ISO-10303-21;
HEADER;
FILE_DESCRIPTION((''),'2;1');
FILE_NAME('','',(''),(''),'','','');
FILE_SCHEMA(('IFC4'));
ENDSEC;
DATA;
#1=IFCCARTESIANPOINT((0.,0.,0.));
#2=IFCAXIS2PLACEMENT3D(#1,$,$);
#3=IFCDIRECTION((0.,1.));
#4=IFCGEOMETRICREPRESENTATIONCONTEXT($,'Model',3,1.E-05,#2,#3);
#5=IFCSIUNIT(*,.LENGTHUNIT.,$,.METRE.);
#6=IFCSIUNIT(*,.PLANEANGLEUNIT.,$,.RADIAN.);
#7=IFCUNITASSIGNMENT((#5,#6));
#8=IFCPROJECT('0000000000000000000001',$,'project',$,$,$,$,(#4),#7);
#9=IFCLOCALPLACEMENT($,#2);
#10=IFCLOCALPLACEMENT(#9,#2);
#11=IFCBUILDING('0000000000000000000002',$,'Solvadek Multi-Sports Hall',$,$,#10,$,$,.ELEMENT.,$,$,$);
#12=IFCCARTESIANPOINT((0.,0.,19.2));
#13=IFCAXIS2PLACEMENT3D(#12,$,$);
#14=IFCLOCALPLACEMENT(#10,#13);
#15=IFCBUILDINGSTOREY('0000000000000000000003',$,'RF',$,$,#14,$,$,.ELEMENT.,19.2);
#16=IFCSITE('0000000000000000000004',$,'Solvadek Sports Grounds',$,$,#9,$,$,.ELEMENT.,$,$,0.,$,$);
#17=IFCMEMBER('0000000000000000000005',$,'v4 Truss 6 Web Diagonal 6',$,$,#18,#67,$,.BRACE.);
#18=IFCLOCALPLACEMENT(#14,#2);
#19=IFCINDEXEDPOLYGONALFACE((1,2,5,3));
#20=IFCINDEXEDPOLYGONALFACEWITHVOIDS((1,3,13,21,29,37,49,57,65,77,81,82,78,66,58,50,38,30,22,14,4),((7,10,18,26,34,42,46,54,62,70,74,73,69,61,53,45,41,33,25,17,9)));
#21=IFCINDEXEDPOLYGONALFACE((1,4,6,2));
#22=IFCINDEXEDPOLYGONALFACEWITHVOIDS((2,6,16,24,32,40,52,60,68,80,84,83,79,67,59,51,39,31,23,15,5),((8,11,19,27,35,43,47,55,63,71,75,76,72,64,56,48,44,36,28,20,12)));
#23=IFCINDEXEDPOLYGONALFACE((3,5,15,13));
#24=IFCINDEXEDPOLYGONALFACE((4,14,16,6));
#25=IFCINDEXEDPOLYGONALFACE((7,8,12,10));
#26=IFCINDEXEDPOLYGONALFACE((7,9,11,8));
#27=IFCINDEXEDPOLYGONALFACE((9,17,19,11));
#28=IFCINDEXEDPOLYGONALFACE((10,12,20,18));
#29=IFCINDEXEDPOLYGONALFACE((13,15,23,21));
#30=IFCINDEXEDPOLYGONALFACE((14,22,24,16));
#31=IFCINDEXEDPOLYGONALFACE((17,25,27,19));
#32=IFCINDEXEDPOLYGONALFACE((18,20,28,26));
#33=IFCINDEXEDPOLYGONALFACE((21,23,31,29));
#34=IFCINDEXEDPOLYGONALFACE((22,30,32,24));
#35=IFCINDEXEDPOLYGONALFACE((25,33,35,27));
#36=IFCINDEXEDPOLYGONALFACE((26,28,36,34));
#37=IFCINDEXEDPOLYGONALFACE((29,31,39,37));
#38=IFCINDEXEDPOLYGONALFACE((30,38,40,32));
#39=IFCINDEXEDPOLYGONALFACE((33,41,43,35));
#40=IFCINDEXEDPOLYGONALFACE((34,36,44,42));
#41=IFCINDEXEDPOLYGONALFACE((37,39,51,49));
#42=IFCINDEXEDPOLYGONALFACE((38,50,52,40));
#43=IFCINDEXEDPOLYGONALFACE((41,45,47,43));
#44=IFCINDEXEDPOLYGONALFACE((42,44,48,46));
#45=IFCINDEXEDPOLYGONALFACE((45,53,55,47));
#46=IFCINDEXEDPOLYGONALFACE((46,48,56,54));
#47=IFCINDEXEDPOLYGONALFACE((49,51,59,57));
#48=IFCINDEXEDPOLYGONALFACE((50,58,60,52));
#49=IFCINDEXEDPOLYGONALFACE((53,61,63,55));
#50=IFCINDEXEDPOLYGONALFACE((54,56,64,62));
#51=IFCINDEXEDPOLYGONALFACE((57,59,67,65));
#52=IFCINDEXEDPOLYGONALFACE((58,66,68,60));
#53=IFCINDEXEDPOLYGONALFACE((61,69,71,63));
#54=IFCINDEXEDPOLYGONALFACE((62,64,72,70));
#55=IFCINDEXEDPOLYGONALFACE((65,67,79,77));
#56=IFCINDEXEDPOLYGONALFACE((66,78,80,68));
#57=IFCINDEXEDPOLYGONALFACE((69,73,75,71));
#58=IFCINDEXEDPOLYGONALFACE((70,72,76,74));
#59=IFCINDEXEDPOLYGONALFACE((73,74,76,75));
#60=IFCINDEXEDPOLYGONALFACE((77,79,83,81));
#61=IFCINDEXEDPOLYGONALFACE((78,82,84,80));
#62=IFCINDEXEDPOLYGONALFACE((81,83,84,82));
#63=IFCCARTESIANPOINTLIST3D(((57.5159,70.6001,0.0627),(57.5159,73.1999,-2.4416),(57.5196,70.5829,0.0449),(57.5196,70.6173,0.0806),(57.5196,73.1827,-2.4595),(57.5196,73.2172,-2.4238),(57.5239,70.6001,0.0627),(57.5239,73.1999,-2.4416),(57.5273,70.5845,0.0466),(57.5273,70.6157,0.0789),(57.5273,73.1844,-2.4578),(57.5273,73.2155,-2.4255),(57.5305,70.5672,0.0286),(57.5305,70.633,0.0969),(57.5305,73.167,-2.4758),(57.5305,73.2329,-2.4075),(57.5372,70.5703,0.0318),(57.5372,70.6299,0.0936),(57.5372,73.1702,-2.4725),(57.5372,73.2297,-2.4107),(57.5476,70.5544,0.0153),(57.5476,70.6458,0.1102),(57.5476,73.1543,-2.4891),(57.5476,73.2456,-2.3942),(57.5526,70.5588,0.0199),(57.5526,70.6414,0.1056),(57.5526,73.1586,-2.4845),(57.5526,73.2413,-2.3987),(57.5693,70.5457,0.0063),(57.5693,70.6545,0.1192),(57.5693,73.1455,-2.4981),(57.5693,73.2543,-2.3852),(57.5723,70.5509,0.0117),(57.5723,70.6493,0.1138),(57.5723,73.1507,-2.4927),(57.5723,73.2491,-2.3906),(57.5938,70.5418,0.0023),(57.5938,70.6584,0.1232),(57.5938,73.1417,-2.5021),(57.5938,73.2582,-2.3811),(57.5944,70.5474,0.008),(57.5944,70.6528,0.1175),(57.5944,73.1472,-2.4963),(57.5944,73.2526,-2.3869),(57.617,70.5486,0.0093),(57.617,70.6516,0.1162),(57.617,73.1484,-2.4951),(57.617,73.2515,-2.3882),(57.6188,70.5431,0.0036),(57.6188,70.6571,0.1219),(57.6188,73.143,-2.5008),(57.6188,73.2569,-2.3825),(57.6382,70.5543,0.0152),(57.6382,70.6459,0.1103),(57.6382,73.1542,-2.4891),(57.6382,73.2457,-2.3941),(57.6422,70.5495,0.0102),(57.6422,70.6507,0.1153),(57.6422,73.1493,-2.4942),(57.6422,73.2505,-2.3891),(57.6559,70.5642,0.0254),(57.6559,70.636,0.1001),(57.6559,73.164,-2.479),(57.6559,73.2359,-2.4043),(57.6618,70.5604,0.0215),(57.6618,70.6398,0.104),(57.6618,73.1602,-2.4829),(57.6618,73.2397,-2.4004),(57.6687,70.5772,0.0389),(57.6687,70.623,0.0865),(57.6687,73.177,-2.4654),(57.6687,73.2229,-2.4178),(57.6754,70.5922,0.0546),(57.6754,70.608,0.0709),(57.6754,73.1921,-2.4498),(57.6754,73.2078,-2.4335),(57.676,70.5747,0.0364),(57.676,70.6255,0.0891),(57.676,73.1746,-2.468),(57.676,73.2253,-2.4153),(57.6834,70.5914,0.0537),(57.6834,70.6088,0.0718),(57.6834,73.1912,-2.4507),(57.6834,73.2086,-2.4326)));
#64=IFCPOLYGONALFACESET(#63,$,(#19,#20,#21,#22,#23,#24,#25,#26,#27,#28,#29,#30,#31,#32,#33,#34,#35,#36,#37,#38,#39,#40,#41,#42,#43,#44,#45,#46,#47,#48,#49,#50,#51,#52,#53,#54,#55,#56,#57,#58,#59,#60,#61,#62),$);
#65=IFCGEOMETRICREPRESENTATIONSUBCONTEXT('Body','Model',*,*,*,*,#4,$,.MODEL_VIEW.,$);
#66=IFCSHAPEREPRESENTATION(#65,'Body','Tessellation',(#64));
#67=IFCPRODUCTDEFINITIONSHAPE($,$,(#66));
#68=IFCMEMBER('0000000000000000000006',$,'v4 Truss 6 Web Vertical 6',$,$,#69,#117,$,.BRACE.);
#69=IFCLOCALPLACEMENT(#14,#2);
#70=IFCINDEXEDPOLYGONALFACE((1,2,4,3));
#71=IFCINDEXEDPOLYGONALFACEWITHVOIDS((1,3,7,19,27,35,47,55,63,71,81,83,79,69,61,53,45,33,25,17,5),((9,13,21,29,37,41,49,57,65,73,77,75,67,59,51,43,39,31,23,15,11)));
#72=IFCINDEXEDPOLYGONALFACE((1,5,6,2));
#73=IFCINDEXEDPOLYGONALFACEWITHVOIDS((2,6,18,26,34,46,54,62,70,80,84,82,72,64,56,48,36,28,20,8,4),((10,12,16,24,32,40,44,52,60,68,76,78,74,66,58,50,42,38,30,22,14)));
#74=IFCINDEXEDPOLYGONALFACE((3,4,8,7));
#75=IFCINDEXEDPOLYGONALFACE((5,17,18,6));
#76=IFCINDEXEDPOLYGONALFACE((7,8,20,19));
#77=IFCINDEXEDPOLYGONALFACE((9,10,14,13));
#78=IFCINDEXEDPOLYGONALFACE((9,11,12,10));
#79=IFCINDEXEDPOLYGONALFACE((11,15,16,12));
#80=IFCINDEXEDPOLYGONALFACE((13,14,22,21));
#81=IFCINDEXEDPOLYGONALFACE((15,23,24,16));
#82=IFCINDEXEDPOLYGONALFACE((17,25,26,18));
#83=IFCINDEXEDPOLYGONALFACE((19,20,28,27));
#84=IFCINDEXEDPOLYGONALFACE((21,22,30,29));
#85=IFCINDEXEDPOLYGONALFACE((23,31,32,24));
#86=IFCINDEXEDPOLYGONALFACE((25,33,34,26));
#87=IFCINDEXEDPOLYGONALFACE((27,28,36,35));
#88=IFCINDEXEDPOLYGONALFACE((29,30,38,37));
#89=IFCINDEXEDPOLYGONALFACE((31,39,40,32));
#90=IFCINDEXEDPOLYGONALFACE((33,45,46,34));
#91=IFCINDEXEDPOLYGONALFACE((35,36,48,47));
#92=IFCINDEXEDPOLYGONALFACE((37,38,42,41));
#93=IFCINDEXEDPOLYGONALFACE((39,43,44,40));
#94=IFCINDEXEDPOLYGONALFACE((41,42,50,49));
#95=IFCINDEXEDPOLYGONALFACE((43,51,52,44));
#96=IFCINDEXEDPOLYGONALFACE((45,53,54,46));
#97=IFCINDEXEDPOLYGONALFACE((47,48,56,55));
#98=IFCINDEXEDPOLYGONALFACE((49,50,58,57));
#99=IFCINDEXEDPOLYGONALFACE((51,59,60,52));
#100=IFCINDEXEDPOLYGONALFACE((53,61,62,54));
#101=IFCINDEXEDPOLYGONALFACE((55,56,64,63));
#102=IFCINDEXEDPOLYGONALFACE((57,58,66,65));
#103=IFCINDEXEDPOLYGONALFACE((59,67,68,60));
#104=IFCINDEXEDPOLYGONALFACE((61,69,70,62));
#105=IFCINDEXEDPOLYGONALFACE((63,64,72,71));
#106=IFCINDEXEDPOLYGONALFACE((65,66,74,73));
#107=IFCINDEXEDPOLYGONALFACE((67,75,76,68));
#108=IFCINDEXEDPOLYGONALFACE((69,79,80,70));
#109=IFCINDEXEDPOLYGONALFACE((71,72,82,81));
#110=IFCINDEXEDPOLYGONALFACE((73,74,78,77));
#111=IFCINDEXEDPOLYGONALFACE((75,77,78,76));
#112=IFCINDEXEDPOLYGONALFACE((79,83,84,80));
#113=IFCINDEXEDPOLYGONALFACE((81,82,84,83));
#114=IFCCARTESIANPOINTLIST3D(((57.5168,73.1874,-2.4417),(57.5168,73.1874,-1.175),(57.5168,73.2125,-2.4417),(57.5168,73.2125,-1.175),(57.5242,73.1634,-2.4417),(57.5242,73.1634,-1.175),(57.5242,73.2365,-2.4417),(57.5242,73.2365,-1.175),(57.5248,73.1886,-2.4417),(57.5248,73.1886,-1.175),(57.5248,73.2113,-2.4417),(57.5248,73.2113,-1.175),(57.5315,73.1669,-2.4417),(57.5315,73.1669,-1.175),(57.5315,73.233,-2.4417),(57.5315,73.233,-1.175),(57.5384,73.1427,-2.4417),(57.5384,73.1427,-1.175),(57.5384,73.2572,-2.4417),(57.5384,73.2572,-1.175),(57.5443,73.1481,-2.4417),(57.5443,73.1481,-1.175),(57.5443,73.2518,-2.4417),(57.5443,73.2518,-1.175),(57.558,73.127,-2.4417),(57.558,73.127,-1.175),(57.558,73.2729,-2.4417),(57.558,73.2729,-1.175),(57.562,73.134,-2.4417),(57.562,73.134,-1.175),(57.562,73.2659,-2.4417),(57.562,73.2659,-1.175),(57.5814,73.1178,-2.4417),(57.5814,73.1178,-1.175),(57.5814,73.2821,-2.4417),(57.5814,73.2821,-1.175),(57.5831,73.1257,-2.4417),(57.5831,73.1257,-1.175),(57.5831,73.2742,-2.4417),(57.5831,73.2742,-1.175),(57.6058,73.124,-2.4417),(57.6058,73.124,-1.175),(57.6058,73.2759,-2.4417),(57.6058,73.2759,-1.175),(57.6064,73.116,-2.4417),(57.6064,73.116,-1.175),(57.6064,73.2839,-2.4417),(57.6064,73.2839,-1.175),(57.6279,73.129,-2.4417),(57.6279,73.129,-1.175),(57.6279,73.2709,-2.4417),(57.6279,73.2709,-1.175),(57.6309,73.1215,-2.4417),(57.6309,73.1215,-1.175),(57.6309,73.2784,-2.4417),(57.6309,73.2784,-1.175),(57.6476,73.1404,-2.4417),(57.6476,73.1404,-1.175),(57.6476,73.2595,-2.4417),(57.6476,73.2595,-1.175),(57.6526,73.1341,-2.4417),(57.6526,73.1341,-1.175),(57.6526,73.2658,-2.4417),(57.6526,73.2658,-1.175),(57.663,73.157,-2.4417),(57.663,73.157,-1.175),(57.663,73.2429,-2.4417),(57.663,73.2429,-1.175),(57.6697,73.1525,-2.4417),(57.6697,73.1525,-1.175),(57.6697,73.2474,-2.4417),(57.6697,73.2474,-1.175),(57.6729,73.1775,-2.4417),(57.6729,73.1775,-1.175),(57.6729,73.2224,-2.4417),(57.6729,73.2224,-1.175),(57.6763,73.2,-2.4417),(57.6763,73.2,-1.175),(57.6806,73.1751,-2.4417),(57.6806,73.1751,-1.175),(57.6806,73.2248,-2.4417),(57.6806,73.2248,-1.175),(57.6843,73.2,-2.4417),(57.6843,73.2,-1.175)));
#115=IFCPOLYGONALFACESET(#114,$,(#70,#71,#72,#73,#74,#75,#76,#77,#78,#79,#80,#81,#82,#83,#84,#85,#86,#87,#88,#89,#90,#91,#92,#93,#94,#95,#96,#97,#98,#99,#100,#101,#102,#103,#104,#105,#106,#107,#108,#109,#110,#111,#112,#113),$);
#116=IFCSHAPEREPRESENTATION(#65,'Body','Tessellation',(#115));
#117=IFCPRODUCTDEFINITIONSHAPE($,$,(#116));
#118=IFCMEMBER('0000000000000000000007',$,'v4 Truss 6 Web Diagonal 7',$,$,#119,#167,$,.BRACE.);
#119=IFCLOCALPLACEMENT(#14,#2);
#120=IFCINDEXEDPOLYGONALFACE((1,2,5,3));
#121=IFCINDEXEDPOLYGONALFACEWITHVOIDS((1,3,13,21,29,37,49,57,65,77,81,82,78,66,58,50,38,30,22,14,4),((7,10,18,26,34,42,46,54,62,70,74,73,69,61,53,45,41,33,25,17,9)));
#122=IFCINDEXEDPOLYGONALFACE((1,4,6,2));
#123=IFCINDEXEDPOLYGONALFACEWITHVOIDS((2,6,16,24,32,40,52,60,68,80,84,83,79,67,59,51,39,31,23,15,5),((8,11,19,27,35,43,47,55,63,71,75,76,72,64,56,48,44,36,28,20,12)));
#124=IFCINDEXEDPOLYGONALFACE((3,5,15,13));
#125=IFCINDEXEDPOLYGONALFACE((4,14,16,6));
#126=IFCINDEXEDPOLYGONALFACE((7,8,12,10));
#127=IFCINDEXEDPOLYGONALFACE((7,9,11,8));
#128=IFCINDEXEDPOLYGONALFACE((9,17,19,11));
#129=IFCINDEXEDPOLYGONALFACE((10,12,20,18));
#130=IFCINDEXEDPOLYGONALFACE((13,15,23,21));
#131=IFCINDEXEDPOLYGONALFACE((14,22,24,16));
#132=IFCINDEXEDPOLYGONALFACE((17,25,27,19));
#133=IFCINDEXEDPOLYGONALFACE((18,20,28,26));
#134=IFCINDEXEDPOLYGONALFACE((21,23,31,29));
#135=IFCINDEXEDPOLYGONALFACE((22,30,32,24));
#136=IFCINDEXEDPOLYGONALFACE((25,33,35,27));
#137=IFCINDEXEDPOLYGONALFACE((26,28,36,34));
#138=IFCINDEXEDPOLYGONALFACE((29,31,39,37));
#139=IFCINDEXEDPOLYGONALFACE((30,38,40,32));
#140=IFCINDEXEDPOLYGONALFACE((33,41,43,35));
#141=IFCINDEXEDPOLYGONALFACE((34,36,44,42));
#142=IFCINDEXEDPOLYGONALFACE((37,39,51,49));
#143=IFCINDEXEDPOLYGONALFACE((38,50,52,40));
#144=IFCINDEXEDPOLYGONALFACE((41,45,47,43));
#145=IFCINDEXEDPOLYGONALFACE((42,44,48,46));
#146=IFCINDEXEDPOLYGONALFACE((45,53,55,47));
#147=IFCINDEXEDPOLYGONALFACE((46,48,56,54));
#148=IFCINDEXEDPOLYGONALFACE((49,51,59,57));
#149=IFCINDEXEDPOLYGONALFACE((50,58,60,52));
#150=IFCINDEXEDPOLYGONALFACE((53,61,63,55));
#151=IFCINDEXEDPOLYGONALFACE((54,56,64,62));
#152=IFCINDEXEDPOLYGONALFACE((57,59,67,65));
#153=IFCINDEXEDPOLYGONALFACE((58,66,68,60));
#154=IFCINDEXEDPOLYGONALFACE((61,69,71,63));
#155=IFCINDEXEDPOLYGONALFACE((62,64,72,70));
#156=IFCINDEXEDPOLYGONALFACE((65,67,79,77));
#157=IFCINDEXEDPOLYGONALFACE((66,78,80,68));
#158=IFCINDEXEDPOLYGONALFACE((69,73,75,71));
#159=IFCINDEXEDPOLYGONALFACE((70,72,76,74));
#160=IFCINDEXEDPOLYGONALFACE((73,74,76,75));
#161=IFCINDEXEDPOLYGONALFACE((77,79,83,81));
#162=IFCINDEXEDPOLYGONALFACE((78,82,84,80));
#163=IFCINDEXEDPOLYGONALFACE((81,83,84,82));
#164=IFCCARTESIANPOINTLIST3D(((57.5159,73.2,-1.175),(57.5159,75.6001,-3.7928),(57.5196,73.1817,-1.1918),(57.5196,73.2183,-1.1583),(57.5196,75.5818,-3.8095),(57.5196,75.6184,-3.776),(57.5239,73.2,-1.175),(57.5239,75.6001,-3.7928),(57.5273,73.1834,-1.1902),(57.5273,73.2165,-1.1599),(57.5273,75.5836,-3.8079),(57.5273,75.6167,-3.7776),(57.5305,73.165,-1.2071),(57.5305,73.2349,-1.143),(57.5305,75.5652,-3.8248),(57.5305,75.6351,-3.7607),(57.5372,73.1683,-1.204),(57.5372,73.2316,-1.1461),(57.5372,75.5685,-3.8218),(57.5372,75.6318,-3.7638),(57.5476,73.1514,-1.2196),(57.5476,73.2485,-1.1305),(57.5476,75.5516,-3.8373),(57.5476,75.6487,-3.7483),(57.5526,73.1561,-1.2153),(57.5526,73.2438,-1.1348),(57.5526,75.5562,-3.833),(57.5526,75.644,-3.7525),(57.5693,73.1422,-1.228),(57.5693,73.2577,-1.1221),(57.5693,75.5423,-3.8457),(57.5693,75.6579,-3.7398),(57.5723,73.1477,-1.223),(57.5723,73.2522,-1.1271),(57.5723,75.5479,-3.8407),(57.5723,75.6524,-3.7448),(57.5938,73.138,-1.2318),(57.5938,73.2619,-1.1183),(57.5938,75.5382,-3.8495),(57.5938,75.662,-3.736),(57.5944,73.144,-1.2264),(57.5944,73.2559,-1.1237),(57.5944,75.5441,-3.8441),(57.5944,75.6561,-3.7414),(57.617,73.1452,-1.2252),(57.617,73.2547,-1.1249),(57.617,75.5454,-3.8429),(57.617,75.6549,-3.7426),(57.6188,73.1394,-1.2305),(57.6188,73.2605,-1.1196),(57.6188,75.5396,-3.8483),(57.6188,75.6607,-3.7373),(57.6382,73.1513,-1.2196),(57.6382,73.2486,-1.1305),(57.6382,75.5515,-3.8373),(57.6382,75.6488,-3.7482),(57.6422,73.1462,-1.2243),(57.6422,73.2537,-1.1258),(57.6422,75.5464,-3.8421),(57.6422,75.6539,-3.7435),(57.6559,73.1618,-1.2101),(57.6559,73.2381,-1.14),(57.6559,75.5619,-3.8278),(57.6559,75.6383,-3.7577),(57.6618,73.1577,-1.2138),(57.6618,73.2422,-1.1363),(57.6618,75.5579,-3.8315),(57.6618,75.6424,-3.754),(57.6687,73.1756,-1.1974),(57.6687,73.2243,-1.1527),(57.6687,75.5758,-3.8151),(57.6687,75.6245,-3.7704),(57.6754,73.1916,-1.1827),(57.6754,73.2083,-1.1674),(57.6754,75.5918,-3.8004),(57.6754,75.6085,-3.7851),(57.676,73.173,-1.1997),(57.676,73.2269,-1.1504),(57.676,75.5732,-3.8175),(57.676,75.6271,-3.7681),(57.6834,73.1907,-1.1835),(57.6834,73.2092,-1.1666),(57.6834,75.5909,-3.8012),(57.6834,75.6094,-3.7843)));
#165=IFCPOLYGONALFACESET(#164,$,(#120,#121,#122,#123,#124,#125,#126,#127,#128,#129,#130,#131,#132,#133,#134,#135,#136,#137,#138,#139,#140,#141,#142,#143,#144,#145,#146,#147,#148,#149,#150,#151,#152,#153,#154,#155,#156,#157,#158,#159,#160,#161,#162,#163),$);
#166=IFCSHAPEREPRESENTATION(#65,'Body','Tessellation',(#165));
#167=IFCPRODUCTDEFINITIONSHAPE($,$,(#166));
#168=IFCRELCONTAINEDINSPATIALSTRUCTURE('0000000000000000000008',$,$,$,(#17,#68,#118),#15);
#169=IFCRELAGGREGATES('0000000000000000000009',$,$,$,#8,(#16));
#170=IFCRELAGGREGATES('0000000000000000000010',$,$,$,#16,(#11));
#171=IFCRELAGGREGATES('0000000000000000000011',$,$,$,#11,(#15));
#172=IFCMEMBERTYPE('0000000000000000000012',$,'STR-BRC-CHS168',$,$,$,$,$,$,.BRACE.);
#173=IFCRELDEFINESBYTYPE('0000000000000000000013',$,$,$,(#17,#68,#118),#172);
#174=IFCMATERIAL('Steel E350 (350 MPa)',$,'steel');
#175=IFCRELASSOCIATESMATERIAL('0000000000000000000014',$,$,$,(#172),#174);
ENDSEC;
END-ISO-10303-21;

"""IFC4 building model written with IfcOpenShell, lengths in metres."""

from ifc_helpers import new_model, si_unit, direction, frame, origin, origin_2d, place, context, subcontext, project, spatial, hollow_circle, extrude, material, material_profile, profile_set, type_object, element, save


model = new_model("IFC4")

# Units and contexts
model_context = context("Model", 3, precision=1e-05, world=origin(), true_north=direction((0.0, 1.0)))
body_context = subcontext(model_context, "Body", "Model", "MODEL_VIEW")
ifc_project = project(units=[si_unit("LENGTHUNIT", "METRE"), si_unit("PLANEANGLEUNIT", "RADIAN")], contexts=[model_context])

# Site, building, storey
site_placement = place(None, origin())
site = spatial("IfcSite", under=ifc_project, at=site_placement, Name="Solvadek Sports Grounds", CompositionType="ELEMENT", RefElevation=0.0)
building_placement = place(site_placement, origin())
building = spatial("IfcBuilding", under=site, at=building_placement, Name="Solvadek Multi-Sports Hall", CompositionType="ELEMENT")
storey_placement = place(building_placement, frame((0.0, 0.0, 19.2)))
storey = spatial("IfcBuildingStorey", under=building, at=storey_placement, Name="RF", CompositionType="ELEMENT", Elevation=19.2)

# Shared definitions
ifc_material_1 = material(Name="Steel E350 (350 MPa)", Category="steel")

# Members
ifc_material_profile_1 = material_profile(ifc_material_1, hollow_circle(Radius=0.0842, WallThickness=0.0081, at=origin_2d()), Name="CHS 168.3x8")
ifc_profile_set_1 = profile_set([ifc_material_profile_1], Name="Steel E350 (350 MPa)")
member_type_1 = type_object("IfcMemberType", Name="STR-BRC-CHS168", PredefinedType="BRACE", material=ifc_profile_set_1)
member_1_placement = place(storey_placement, frame((57.6001, 70.6001, 0.0627), z_axis=(0.0, 0.720205, -0.693761), x_axis=(-1.0, 0.0, 0.0)))
element("IfcMember", 1, at=member_1_placement, inside=storey, type_object=member_type_1, Name="v4 Truss 6 Web Diagonal 6", PredefinedType="BRACE", context=body_context, shape_type="SweptSolid", body=[
    extrude(hollow_circle(Radius=0.0842, WallThickness=0.0081, at=origin_2d()), origin(), (0.0, 0.0, 1.0), 3.6099),
])
member_2_placement = place(storey_placement, frame((57.6001, 73.2, -2.4417), z_axis=(0.0, 0.0, 1.0), x_axis=(1.0, 0.0, 0.0)))
element("IfcMember", 2, at=member_2_placement, inside=storey, type_object=member_type_1, Name="v4 Truss 6 Web Vertical 6", PredefinedType="BRACE", context=body_context, shape_type="SweptSolid", body=[
    extrude(hollow_circle(Radius=0.0842, WallThickness=0.0081, at=origin_2d()), origin(), (0.0, 0.0, 1.0), 1.2666),
])
member_3_placement = place(storey_placement, frame((57.6001, 73.2, -1.175), z_axis=(0.0, 0.675818, -0.737069), x_axis=(-1.0, 0.0, 0.0)))
element("IfcMember", 3, at=member_3_placement, inside=storey, type_object=member_type_1, Name="v4 Truss 6 Web Diagonal 7", PredefinedType="BRACE", context=body_context, shape_type="SweptSolid", body=[
    extrude(hollow_circle(Radius=0.0842, WallThickness=0.0081, at=origin_2d()), origin(), (0.0, 0.0, 1.0), 3.5515),
])

save(model, "model.ifc")
